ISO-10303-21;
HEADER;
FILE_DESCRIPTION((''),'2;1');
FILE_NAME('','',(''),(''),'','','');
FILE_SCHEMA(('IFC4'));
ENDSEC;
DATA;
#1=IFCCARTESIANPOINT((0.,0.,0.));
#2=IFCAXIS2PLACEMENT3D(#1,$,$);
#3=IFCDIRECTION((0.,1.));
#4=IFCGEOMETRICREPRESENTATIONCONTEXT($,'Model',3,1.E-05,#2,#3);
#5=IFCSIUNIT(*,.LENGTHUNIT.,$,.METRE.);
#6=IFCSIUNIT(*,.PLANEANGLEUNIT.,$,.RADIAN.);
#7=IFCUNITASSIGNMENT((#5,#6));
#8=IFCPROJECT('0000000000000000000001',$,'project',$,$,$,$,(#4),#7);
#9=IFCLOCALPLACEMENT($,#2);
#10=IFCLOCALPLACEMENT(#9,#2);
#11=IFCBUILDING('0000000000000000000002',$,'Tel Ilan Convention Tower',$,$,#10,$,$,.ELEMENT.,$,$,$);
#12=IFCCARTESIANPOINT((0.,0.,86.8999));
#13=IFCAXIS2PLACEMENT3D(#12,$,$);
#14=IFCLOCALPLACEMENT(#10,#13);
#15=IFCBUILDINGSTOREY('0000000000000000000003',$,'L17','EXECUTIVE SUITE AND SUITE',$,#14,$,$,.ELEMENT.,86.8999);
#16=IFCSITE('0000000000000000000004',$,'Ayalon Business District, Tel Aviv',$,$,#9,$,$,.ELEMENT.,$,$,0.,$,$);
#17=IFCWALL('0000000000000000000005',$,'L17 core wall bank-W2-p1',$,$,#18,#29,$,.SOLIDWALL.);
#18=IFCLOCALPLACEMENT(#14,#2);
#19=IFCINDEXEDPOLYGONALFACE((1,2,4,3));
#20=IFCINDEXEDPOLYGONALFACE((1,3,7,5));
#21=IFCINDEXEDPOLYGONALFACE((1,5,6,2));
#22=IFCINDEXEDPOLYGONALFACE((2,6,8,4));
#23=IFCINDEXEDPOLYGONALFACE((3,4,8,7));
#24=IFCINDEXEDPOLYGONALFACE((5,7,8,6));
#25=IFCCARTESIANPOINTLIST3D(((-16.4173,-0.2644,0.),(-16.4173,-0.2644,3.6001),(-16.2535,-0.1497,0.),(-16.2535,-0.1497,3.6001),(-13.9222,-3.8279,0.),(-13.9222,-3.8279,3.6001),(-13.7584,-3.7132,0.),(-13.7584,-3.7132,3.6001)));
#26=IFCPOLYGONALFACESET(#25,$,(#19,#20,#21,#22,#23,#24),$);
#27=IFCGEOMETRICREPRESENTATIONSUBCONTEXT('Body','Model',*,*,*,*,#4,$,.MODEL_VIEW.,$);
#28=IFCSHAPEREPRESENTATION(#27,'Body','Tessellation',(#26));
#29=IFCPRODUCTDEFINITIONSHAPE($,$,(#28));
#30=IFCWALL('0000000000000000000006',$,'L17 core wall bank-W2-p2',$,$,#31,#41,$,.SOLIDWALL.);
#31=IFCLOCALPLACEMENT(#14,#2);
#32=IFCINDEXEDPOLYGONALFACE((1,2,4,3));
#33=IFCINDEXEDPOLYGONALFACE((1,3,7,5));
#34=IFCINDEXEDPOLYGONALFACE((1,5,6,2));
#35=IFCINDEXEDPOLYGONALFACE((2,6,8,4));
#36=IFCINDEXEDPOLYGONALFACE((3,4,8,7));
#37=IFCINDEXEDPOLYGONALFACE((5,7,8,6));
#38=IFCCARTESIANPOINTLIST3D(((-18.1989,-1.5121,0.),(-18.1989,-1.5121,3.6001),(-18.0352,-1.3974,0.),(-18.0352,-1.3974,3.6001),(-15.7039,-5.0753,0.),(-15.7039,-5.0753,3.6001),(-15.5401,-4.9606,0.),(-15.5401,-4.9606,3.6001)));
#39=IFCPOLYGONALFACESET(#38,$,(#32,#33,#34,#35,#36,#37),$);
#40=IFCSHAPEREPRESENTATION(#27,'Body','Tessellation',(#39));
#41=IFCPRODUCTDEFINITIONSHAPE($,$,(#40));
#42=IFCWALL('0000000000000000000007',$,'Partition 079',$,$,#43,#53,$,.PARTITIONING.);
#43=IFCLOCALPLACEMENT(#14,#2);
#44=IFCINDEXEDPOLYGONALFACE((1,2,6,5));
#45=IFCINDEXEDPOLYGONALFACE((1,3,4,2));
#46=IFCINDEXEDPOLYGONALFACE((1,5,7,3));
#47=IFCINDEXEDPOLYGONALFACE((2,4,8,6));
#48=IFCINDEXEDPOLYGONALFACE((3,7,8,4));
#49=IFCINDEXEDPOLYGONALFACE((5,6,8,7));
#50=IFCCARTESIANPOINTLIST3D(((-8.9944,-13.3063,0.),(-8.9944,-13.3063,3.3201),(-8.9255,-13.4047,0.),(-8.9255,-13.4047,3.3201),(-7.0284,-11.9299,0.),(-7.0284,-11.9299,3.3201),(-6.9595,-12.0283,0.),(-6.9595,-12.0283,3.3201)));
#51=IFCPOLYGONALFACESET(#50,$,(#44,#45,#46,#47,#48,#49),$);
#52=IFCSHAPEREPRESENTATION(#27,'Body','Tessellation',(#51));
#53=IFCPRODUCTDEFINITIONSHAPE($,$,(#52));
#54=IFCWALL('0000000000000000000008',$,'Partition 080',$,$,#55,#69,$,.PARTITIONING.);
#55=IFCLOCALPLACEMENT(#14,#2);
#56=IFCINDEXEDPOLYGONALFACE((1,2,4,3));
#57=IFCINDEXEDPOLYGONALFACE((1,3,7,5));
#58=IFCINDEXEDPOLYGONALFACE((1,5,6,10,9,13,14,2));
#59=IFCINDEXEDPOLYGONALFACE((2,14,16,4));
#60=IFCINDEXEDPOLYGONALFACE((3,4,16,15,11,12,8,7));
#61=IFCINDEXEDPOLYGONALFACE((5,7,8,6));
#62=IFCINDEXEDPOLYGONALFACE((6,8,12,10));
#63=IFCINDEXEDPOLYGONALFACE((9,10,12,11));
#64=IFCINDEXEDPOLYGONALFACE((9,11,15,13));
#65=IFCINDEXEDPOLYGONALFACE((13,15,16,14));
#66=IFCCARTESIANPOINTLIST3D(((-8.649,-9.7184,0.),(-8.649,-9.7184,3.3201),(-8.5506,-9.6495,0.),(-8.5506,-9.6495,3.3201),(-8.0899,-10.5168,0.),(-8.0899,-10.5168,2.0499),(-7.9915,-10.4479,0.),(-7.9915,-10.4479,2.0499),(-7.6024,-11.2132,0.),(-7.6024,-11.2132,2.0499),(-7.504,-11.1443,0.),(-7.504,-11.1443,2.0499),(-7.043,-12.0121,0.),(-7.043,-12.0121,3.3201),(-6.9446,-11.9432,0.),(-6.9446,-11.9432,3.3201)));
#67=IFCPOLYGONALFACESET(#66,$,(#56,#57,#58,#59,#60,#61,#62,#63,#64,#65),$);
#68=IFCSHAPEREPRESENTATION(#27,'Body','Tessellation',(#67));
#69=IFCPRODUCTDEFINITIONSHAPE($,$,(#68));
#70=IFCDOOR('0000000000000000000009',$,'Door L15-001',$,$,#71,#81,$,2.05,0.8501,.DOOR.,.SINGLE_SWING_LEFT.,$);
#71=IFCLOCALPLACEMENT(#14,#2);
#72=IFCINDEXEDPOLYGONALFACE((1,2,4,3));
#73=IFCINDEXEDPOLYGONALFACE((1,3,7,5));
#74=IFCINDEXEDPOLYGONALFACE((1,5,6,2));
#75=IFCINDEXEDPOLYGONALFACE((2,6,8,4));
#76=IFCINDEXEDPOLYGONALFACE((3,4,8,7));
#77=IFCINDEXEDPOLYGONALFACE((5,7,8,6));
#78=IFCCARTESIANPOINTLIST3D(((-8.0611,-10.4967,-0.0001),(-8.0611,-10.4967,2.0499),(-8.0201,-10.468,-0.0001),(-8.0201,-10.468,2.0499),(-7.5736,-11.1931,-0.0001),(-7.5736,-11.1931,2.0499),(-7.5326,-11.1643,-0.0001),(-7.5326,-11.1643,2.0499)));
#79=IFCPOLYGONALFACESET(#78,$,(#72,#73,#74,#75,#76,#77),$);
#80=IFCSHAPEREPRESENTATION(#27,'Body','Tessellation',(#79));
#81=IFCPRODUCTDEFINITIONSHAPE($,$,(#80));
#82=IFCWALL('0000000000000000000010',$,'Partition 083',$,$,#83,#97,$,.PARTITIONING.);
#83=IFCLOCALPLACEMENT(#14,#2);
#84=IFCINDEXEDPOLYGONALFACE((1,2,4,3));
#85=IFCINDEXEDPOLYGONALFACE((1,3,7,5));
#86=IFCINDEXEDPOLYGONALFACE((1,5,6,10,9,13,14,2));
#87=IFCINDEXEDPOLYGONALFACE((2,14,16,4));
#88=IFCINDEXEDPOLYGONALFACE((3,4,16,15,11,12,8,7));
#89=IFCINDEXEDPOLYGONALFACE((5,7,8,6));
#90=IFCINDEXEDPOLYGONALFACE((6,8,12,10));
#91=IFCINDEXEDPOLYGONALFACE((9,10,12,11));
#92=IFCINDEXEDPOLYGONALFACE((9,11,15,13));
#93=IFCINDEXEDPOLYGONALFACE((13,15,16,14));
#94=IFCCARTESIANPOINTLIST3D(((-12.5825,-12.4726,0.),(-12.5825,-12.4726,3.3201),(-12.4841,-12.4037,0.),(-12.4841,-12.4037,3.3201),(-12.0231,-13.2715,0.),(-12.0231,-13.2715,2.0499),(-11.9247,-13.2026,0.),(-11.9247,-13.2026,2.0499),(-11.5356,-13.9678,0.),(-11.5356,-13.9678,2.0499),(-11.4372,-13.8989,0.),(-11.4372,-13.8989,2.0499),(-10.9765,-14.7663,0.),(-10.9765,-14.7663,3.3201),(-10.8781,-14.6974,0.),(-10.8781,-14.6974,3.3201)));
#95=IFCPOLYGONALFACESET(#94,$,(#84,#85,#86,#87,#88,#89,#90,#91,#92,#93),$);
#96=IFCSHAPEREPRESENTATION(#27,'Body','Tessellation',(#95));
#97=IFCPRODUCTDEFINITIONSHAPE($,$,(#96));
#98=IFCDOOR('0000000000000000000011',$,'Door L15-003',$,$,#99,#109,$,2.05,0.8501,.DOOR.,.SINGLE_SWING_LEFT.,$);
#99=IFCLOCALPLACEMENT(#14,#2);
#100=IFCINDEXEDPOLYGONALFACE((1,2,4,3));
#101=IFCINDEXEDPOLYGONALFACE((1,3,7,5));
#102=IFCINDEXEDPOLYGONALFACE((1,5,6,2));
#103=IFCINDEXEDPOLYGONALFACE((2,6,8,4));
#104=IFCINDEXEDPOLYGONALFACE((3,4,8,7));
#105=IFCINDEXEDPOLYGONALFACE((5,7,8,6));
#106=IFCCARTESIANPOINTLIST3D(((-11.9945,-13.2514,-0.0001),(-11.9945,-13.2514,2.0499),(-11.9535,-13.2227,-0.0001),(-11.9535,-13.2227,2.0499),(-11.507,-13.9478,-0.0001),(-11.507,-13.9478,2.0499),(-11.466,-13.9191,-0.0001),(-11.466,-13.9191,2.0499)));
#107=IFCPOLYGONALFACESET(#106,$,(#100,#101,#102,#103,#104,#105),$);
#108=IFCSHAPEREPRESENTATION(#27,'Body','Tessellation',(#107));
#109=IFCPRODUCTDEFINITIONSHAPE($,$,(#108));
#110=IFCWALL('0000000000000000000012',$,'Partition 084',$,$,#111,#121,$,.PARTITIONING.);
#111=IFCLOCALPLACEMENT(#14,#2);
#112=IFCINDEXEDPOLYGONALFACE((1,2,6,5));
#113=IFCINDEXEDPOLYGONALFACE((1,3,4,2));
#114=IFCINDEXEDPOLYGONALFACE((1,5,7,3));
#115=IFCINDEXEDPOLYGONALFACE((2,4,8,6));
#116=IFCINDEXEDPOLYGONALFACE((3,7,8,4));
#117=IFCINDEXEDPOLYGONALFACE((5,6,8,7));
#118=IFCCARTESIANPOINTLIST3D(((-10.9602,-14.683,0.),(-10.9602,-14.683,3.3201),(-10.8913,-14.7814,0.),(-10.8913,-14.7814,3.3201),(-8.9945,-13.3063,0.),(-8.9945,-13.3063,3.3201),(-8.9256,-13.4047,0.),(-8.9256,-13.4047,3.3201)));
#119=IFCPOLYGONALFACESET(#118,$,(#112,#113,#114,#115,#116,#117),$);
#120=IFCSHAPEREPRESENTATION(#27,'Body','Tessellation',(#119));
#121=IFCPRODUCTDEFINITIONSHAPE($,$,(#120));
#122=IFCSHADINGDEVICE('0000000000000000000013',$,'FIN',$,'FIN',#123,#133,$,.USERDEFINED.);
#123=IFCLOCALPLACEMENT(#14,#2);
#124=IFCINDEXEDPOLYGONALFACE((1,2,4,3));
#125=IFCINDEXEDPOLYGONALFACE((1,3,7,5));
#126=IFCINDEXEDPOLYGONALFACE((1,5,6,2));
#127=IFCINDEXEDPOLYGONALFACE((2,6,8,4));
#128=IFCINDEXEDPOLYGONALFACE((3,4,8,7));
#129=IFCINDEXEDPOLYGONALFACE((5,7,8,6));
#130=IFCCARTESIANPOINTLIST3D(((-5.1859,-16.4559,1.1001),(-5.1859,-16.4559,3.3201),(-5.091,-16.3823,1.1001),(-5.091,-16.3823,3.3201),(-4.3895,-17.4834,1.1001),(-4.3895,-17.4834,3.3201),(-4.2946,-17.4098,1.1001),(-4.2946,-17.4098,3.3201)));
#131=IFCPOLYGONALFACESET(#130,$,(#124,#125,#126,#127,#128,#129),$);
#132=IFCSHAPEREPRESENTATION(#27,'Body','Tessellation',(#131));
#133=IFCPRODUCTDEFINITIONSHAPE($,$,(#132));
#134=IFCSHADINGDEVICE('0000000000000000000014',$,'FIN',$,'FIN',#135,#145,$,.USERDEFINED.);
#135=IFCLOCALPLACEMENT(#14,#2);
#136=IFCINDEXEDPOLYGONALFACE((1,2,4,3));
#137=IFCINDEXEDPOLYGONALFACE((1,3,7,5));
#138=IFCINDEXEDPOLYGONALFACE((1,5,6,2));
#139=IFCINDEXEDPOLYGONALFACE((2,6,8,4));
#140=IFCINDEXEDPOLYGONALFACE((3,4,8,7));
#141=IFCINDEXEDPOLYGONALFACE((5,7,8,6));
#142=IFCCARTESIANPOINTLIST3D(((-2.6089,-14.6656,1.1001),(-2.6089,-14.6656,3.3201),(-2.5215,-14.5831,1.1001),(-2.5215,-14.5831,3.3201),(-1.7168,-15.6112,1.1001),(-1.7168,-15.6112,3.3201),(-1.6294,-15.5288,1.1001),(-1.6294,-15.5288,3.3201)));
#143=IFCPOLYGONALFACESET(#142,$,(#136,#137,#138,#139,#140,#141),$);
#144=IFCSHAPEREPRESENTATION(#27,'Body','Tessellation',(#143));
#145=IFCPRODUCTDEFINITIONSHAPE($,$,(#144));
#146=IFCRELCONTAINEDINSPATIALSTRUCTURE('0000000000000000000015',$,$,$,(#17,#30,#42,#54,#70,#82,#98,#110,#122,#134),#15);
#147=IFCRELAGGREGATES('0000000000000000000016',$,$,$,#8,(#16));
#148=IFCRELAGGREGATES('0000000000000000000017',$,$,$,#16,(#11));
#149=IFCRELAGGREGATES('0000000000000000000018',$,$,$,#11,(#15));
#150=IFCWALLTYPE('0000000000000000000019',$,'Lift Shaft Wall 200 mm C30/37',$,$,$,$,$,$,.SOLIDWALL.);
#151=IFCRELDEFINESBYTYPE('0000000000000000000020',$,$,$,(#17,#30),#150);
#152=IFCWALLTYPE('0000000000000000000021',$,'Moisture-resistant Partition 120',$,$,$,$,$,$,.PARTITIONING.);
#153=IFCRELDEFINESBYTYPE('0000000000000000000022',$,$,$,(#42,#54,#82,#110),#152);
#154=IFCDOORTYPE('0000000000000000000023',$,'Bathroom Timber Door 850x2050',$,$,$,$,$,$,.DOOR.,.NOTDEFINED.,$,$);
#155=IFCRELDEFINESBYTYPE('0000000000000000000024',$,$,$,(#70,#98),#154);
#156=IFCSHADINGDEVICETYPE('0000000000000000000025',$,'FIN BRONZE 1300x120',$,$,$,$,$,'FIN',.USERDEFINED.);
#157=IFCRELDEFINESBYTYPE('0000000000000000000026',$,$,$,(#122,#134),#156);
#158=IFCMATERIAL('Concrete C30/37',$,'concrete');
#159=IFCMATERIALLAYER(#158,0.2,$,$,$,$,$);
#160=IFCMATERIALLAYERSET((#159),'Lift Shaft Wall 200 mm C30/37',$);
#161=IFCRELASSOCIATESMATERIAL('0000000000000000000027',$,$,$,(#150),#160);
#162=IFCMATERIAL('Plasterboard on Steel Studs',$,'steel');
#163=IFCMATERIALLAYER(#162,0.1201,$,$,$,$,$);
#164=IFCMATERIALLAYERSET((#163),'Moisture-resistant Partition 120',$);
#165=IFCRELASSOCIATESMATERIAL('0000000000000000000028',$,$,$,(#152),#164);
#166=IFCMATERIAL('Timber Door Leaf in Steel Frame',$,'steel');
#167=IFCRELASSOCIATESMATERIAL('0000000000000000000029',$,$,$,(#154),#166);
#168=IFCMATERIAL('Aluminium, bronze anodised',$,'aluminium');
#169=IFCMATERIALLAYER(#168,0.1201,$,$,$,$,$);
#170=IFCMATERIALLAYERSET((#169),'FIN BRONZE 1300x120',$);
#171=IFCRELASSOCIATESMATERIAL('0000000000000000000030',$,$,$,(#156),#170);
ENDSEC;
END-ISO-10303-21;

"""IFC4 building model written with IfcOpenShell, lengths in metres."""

from ifc_helpers import new_model, si_unit, direction, frame, frame_2d, origin, origin_2d, place, context, subcontext, project, spatial, rectangle, extrude, material, layer, layer_set, type_object, element, fill, save


model = new_model("IFC4")

# Units and contexts
model_context = context("Model", 3, precision=1e-05, world=origin(), true_north=direction((0.0, 1.0)))
body_context = subcontext(model_context, "Body", "Model", "MODEL_VIEW")
ifc_project = project(units=[si_unit("LENGTHUNIT", "METRE"), si_unit("PLANEANGLEUNIT", "RADIAN")], contexts=[model_context])

# Site, building, storey
site_placement = place(None, origin())
site = spatial("IfcSite", under=ifc_project, at=site_placement, Name="Ayalon Business District, Tel Aviv", CompositionType="ELEMENT", RefElevation=0.0)
building_placement = place(site_placement, origin())
building = spatial("IfcBuilding", under=site, at=building_placement, Name="Tel Ilan Convention Tower", CompositionType="ELEMENT")
storey_placement = place(building_placement, frame((0.0, 0.0, 86.8999)))
storey = spatial("IfcBuildingStorey", under=building, at=storey_placement, Name="L17", Description="EXECUTIVE SUITE AND SUITE", CompositionType="ELEMENT", Elevation=86.8999)

# Walls
ifc_material_1 = material(Name="Concrete C30/37", Category="concrete")
ifc_layer_1 = layer(ifc_material_1, 0.2)
ifc_layer_set_1 = layer_set([ifc_layer_1], Name="Lift Shaft Wall 200 mm C30/37")
wall_type_1 = type_object("IfcWallType", Name="Lift Shaft Wall 200 mm C30/37", PredefinedType="SOLIDWALL", material=ifc_layer_set_1)
wall_1_placement = place(storey_placement, frame((-13.8403, -3.7705, 0.0), z_axis=(0.0, 0.0, 1.0), x_axis=(-0.573568, 0.819158, 0.0)))
element("IfcWall", 1, at=wall_1_placement, inside=storey, type_object=wall_type_1, Name="L17 core wall bank-W2-p1", PredefinedType="SOLIDWALL", context=body_context, shape_type="SweptSolid", body=[
    extrude(rectangle(XDim=4.3501, YDim=0.2, at=frame_2d((2.175, 0.0))), origin(), (0.0, 0.0, 1.0), 3.6001),
])
wall_2_placement = place(storey_placement, frame((-15.6221, -5.0178, 0.0), z_axis=(0.0, 0.0, 1.0), x_axis=(-0.573594, 0.81914, 0.0)))
element("IfcWall", 2, at=wall_2_placement, inside=storey, type_object=wall_type_1, Name="L17 core wall bank-W2-p2", PredefinedType="SOLIDWALL", context=body_context, shape_type="SweptSolid", body=[
    extrude(rectangle(XDim=4.3499, YDim=0.2, at=frame_2d((2.1748, 0.0))), origin(), (0.0, 0.0, 1.0), 3.6001),
])
ifc_material_2 = material(Name="Plasterboard on Steel Studs", Category="steel")
ifc_layer_2 = layer(ifc_material_2, 0.1201)
ifc_layer_set_2 = layer_set([ifc_layer_2], Name="Moisture-resistant Partition 120")
wall_type_2 = type_object("IfcWallType", Name="Moisture-resistant Partition 120", PredefinedType="PARTITIONING", material=ifc_layer_set_2)
wall_3_placement = place(storey_placement, frame((-8.96, -13.3555, 0.0), z_axis=(0.0, 0.0, 1.0), x_axis=(0.819189, 0.573524, 0.0)))
element("IfcWall", 3, at=wall_3_placement, inside=storey, type_object=wall_type_2, Name="Partition 079", PredefinedType="PARTITIONING", context=body_context, shape_type="SweptSolid", body=[
    extrude(rectangle(XDim=2.3999, YDim=0.1201, at=frame_2d((1.2, 0.0))), origin(), (0.0, 0.0, 1.0), 3.3201),
])

# Walls, openings, doors
wall_4_placement = place(storey_placement, frame((-6.9939, -11.9775, 0.0), z_axis=(0.0, 0.0, 1.0), x_axis=(-0.57355, 0.81917, 0.0)))
wall_4 = element("IfcWall", 4, at=wall_4_placement, inside=storey, type_object=wall_type_2, Name="Partition 080", PredefinedType="PARTITIONING", context=body_context, shape_type="SweptSolid", body=[
    extrude(rectangle(XDim=2.8, YDim=0.1201, at=frame_2d((1.3999, 0.0))), origin(), (0.0, 0.0, 1.0), 3.3201),
])
opening_1_placement = place(wall_4_placement, frame((0.9751, 0.0, 0.0)))
opening_1 = element("IfcOpeningElement", 5, at=opening_1_placement, cuts=wall_4, PredefinedType="OPENING", context=body_context, shape_type="SweptSolid", body=[
    extrude(rectangle(XDim=0.8501, YDim=2.05, at=frame_2d((0.425, 1.0249))), frame((0.0, 0.0701, 0.0), z_axis=(0.0, -1.0, 0.0), x_axis=(1.0, 0.0, 0.0)), (0.0, 0.0, 1.0), 0.1401),
])
ifc_material_3 = material(Name="Timber Door Leaf in Steel Frame", Category="steel")
door_type_1 = type_object("IfcDoorType", Name="Bathroom Timber Door 850x2050", OperationType="NOTDEFINED", PredefinedType="DOOR", material=ifc_material_3)
door_1_placement = place(opening_1_placement, origin())
door_1 = element("IfcDoor", 6, at=door_1_placement, inside=storey, type_object=door_type_1, Name="Door L15-001", OperationType="SINGLE_SWING_LEFT", OverallHeight=2.05, OverallWidth=0.8501, PredefinedType="DOOR", context=body_context, shape_type="SweptSolid", body=[
    extrude(rectangle(XDim=0.8501, YDim=2.05, at=frame_2d((0.425, 1.0249))), frame((0.0, 0.0249, 0.0), z_axis=(0.0, -1.0, 0.0), x_axis=(1.0, 0.0, 0.0)), (0.0, 0.0, 1.0), 0.05),
])
fill(opening_1, door_1)
wall_5_placement = place(storey_placement, frame((-12.5332, -12.4382, 0.0), z_axis=(0.0, 0.0, 1.0), x_axis=(0.57355, -0.81917, 0.0)))
wall_5 = element("IfcWall", 7, at=wall_5_placement, inside=storey, type_object=wall_type_2, Name="Partition 083", PredefinedType="PARTITIONING", context=body_context, shape_type="SweptSolid", body=[
    extrude(rectangle(XDim=2.8, YDim=0.1201, at=frame_2d((1.3999, 0.0))), origin(), (0.0, 0.0, 1.0), 3.3201),
])
opening_2_placement = place(wall_5_placement, frame((0.9751, 0.0, 0.0)))
opening_2 = element("IfcOpeningElement", 8, at=opening_2_placement, cuts=wall_5, PredefinedType="OPENING", context=body_context, shape_type="SweptSolid", body=[
    extrude(rectangle(XDim=0.8501, YDim=2.05, at=frame_2d((0.425, 1.0249))), frame((0.0, 0.0701, 0.0), z_axis=(0.0, -1.0, 0.0), x_axis=(1.0, 0.0, 0.0)), (0.0, 0.0, 1.0), 0.1401),
])
door_2_placement = place(opening_2_placement, origin())
door_2 = element("IfcDoor", 9, at=door_2_placement, inside=storey, type_object=door_type_1, Name="Door L15-003", OperationType="SINGLE_SWING_LEFT", OverallHeight=2.05, OverallWidth=0.8501, PredefinedType="DOOR", context=body_context, shape_type="SweptSolid", body=[
    extrude(rectangle(XDim=0.8501, YDim=2.05, at=frame_2d((0.425, 1.0249))), frame((0.0, 0.0249, 0.0), z_axis=(0.0, -1.0, 0.0), x_axis=(1.0, 0.0, 0.0)), (0.0, 0.0, 1.0), 0.05),
])
fill(opening_2, door_2)

# Wall
wall_6_placement = place(storey_placement, frame((-10.9258, -14.7322, 0.0), z_axis=(0.0, 0.0, 1.0), x_axis=(0.819108, 0.57364, 0.0)))
element("IfcWall", 10, at=wall_6_placement, inside=storey, type_object=wall_type_2, Name="Partition 084", PredefinedType="PARTITIONING", context=body_context, shape_type="SweptSolid", body=[
    extrude(rectangle(XDim=2.3999, YDim=0.1201, at=frame_2d((1.2, 0.0))), origin(), (0.0, 0.0, 1.0), 3.3201),
])

# Shading devices
ifc_material_4 = material(Name="Aluminium, bronze anodised", Category="aluminium")
ifc_layer_3 = layer(ifc_material_4, 0.1201)
ifc_layer_set_3 = layer_set([ifc_layer_3], Name="FIN BRONZE 1300x120")
shading_device_type = type_object("IfcShadingDeviceType", Name="FIN BRONZE 1300x120", ElementType="FIN", PredefinedType="USERDEFINED", material=ifc_layer_set_3)
for number, where, z_axis, x_axis, name in (
    (11, (-4.7402, -16.9329, 1.1001), (0.0, 0.0, 1.0), (0.612601, -0.790393, 0.0), "FIN"),
    (12, (-2.1191, -15.0972, 1.1001), (0.0, 0.0, 1.0), (0.686242, -0.727374, 0.0), "FIN"),
):
    element("IfcShadingDevice", number, at=place(storey_placement, frame(where, z_axis=z_axis, x_axis=x_axis)), inside=storey, type_object=shading_device_type, Name=name, ObjectType="FIN", PredefinedType="USERDEFINED", context=body_context, shape_type="SweptSolid", body=[
        extrude(rectangle(XDim=1.3, YDim=0.1201, at=origin_2d()), origin(), (0.0, 0.0, 1.0), 2.22),
    ])

save(model, "model.ifc")
